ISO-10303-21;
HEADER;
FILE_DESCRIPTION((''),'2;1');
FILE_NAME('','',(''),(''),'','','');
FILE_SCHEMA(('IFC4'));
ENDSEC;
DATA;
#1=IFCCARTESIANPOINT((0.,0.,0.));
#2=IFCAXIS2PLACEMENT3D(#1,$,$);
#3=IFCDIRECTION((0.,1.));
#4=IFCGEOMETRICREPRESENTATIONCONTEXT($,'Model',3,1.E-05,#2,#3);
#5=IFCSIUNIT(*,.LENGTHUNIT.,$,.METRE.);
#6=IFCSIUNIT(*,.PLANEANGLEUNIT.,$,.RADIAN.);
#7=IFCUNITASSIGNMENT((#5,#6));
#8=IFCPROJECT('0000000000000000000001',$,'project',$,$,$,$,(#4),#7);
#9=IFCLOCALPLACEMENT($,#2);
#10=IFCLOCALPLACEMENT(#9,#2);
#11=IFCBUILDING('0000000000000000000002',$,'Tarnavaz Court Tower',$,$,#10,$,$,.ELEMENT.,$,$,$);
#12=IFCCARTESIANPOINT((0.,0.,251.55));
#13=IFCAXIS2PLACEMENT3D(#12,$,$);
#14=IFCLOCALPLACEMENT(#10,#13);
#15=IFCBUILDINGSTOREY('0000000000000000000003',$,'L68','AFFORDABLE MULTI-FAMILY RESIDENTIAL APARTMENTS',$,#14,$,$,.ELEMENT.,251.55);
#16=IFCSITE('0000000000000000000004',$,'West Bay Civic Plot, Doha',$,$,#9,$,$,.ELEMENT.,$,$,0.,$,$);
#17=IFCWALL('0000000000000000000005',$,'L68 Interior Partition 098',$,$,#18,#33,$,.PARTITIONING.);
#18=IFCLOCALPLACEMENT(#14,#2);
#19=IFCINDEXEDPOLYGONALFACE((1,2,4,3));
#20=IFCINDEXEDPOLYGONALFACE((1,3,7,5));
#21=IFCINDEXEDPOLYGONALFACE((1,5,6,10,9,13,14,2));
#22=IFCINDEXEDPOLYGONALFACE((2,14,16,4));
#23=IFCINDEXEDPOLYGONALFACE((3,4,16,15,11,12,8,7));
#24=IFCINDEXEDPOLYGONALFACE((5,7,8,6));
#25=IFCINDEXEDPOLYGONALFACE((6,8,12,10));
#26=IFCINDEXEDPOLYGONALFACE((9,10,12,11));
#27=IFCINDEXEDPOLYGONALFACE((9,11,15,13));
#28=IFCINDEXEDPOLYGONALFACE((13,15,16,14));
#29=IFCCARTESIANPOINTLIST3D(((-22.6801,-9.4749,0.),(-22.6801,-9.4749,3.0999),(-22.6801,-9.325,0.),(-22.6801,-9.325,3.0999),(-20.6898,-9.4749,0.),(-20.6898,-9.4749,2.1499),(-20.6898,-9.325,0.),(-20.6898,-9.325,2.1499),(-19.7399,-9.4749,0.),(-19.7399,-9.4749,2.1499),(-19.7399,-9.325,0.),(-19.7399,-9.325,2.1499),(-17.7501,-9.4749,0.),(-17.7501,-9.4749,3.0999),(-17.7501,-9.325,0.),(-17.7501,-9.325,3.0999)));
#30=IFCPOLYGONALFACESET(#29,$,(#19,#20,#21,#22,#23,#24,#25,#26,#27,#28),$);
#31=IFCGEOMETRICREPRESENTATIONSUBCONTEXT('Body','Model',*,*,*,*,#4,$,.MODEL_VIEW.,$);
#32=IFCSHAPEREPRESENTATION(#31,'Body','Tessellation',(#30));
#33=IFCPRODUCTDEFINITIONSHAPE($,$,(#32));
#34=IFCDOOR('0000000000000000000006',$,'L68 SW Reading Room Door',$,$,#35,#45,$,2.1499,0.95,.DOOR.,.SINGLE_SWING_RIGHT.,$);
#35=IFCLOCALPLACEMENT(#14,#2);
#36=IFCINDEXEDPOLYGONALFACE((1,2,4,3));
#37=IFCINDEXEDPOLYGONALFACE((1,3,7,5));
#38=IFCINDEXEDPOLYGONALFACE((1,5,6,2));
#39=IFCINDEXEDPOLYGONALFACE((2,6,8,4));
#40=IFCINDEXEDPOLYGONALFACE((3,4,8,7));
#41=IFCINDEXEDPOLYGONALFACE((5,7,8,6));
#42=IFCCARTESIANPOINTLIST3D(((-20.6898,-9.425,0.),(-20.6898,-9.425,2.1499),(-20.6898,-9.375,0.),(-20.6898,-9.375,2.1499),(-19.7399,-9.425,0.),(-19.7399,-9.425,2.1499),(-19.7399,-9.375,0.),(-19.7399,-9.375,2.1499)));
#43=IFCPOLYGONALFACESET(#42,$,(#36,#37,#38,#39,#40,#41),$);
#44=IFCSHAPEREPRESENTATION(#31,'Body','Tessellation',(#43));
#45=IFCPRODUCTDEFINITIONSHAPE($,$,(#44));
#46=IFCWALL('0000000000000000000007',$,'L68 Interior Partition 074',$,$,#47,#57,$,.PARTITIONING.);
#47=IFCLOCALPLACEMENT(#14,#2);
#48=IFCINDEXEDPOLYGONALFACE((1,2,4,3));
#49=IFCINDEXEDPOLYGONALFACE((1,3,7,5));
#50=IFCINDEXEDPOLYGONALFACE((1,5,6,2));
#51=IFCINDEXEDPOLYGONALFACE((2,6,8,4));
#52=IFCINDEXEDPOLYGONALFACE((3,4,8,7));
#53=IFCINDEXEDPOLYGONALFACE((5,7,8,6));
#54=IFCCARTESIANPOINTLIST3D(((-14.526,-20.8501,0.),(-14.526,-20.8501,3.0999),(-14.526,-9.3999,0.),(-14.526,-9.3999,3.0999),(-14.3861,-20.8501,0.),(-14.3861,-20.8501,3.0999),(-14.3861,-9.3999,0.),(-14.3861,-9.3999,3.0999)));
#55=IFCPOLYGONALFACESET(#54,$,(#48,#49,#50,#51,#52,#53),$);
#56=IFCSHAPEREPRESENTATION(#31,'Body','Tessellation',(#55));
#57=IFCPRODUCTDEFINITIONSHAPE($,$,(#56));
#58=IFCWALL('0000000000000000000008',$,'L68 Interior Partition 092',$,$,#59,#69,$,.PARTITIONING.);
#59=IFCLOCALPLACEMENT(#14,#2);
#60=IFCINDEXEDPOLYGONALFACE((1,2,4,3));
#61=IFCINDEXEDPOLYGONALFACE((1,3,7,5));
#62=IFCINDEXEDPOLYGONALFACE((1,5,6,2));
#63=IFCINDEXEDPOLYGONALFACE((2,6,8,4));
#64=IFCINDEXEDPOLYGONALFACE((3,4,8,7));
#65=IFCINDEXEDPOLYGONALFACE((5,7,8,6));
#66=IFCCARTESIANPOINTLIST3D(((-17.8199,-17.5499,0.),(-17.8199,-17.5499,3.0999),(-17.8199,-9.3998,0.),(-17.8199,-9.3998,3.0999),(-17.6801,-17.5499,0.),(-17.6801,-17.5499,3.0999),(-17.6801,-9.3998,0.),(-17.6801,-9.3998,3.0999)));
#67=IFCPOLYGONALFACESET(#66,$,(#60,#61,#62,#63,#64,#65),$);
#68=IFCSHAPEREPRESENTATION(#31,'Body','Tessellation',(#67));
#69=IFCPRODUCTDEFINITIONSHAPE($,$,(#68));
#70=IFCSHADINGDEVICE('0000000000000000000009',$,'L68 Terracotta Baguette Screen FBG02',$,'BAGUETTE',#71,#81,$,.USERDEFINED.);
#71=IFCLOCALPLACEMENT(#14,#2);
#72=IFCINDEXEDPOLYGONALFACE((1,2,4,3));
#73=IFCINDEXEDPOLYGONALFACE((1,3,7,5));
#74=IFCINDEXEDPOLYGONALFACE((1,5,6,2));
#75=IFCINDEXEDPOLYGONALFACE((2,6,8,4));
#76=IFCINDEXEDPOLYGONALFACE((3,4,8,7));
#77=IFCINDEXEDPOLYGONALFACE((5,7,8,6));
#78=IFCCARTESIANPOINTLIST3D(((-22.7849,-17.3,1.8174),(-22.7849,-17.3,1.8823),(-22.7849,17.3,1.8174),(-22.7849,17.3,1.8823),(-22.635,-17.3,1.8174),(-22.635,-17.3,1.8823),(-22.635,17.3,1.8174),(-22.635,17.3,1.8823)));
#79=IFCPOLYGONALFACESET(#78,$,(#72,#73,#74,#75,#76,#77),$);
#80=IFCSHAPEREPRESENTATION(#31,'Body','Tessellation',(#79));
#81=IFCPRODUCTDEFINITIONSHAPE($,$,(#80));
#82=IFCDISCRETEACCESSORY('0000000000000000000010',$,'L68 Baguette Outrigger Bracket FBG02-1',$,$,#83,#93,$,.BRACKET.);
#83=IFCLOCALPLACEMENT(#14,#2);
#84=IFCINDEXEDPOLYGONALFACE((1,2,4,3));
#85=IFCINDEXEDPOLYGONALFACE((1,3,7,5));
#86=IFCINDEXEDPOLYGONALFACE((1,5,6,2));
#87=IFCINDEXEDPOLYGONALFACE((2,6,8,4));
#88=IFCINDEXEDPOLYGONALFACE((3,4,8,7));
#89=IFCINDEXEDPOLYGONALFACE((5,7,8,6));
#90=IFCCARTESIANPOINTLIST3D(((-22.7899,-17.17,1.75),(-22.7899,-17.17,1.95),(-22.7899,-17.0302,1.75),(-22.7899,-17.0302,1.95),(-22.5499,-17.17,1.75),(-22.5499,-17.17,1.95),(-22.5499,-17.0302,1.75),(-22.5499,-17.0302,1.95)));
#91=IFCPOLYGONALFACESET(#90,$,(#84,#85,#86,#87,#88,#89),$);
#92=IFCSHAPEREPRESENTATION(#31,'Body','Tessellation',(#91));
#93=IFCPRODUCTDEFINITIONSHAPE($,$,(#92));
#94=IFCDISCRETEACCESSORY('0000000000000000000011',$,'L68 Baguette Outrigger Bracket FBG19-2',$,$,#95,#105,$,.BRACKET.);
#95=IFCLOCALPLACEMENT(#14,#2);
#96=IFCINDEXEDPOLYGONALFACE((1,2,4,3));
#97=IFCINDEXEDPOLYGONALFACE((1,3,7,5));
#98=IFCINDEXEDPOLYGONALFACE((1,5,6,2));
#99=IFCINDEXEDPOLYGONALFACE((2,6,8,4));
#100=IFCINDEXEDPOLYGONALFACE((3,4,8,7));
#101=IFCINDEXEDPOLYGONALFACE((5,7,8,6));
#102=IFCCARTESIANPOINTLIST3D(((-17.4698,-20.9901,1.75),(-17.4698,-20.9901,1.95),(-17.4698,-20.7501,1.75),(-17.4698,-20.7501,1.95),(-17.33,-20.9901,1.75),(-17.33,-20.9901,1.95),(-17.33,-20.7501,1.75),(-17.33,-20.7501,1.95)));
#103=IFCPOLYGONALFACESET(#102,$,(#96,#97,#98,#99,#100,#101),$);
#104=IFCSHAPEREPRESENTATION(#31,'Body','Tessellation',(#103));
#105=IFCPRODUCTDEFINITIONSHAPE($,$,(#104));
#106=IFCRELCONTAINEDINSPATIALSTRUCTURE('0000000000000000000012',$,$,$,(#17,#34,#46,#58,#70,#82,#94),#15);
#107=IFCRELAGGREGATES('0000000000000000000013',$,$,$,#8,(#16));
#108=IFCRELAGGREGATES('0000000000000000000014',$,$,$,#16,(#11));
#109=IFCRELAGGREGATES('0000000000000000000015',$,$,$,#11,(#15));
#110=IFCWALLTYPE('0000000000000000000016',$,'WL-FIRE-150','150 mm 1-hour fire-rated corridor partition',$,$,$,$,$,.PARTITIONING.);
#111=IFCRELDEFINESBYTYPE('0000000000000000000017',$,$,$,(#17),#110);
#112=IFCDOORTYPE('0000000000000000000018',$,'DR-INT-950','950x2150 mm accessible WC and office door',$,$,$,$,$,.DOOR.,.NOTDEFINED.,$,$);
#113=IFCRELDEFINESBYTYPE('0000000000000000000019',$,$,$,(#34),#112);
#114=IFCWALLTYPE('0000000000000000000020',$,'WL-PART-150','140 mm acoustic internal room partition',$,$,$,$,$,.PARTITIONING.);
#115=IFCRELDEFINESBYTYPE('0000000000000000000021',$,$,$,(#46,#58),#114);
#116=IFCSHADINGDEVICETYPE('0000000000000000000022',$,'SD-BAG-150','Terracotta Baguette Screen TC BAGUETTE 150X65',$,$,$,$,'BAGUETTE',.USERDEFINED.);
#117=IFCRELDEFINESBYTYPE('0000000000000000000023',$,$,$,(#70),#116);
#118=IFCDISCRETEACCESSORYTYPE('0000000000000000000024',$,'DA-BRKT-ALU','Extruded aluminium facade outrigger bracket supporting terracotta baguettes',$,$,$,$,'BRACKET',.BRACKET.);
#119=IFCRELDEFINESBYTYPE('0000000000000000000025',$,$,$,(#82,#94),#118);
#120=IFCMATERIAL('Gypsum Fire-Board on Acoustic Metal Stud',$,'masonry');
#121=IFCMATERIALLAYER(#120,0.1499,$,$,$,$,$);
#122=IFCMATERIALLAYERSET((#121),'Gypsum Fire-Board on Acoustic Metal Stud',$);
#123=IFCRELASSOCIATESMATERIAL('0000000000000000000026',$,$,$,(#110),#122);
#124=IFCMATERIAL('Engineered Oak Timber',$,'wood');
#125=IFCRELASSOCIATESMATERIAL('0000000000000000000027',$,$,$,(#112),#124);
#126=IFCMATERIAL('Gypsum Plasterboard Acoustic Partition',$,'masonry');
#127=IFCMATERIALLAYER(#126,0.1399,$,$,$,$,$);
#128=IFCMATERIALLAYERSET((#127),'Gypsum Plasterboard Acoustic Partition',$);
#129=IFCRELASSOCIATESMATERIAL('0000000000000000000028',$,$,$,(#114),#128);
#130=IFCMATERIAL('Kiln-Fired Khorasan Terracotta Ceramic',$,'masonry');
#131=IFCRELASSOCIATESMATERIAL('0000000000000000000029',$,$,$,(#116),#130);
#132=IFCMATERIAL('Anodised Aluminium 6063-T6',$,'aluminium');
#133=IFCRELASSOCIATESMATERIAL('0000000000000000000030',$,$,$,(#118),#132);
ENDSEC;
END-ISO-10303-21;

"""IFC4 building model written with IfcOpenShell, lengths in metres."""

from ifc_helpers import new_model, si_unit, direction, frame, frame_2d, origin, origin_2d, place, context, subcontext, project, spatial, rectangle, extrude, material, layer, layer_set, material_profile, profile_set, type_object, element, fill, save


model = new_model("IFC4")

# Units and contexts
model_context = context("Model", 3, precision=1e-05, world=origin(), true_north=direction((0.0, 1.0)))
body_context = subcontext(model_context, "Body", "Model", "MODEL_VIEW")
ifc_project = project(units=[si_unit("LENGTHUNIT", "METRE"), si_unit("PLANEANGLEUNIT", "RADIAN")], contexts=[model_context])

# Site, building, storey
site_placement = place(None, origin())
site = spatial("IfcSite", under=ifc_project, at=site_placement, Name="West Bay Civic Plot, Doha", CompositionType="ELEMENT", RefElevation=0.0)
building_placement = place(site_placement, origin())
building = spatial("IfcBuilding", under=site, at=building_placement, Name="Tarnavaz Court Tower", CompositionType="ELEMENT")
storey_placement = place(building_placement, frame((0.0, 0.0, 251.55)))
storey = spatial("IfcBuildingStorey", under=building, at=storey_placement, Name="L68", Description="AFFORDABLE MULTI-FAMILY RESIDENTIAL APARTMENTS", CompositionType="ELEMENT", Elevation=251.55)

# Wall, opening, door
ifc_material_1 = material(Name="Gypsum Fire-Board on Acoustic Metal Stud", Category="masonry")
ifc_layer_1 = layer(ifc_material_1, 0.1499)
ifc_layer_set_1 = layer_set([ifc_layer_1], Name="Gypsum Fire-Board on Acoustic Metal Stud")
wall_type_1 = type_object("IfcWallType", Name="WL-FIRE-150", Description="150 mm 1-hour fire-rated corridor partition", PredefinedType="PARTITIONING", material=ifc_layer_set_1)
wall_1_placement = place(storey_placement, frame((-22.6799, -9.3999, 0.0), z_axis=(0.0, 0.0, 1.0), x_axis=(1.0, 0.0, 0.0)))
wall_1 = element("IfcWall", 1, at=wall_1_placement, inside=storey, type_object=wall_type_1, Name="L68 Interior Partition 098", PredefinedType="PARTITIONING", context=body_context, shape_type="SweptSolid", body=[
    extrude(rectangle(XDim=4.9299, YDim=0.1499, at=frame_2d((2.4648, 0.0))), origin(), (0.0, 0.0, 1.0), 3.0999),
])
opening_1_placement = place(wall_1_placement, frame((1.99, 0.0, 0.0)))
opening_1 = element("IfcOpeningElement", 2, at=opening_1_placement, cuts=wall_1, PredefinedType="OPENING", context=body_context, shape_type="SweptSolid", body=[
    extrude(rectangle(XDim=0.95, YDim=2.1499, at=frame_2d((0.4751, 1.075))), frame((0.0, 0.085, 0.0), z_axis=(0.0, -1.0, 0.0), x_axis=(1.0, 0.0, 0.0)), (0.0, 0.0, 1.0), 0.1699),
])
ifc_material_2 = material(Name="Engineered Oak Timber", Category="wood")
door_type = type_object("IfcDoorType", Name="DR-INT-950", Description="950x2150 mm accessible WC and office door", OperationType="NOTDEFINED", PredefinedType="DOOR", material=ifc_material_2)
door_placement = place(opening_1_placement, origin())
door = element("IfcDoor", 3, at=door_placement, inside=storey, type_object=door_type, Name="L68 SW Reading Room Door", OperationType="SINGLE_SWING_RIGHT", OverallHeight=2.1499, OverallWidth=0.95, PredefinedType="DOOR", context=body_context, shape_type="SweptSolid", body=[
    extrude(rectangle(XDim=0.95, YDim=2.1499, at=frame_2d((0.4751, 1.075))), frame((0.0, 0.0249, 0.0), z_axis=(0.0, -1.0, 0.0), x_axis=(1.0, 0.0, 0.0)), (0.0, 0.0, 1.0), 0.05),
])
fill(opening_1, door)

# Walls
ifc_material_3 = material(Name="Gypsum Plasterboard Acoustic Partition", Category="masonry")
ifc_layer_2 = layer(ifc_material_3, 0.1399)
ifc_layer_set_2 = layer_set([ifc_layer_2], Name="Gypsum Plasterboard Acoustic Partition")
wall_type_2 = type_object("IfcWallType", Name="WL-PART-150", Description="140 mm acoustic internal room partition", PredefinedType="PARTITIONING", material=ifc_layer_set_2)
wall_2_placement = place(storey_placement, frame((-14.4561, -20.8501, 0.0), z_axis=(0.0, 0.0, 1.0), x_axis=(0.0, 1.0, 0.0)))
element("IfcWall", 4, at=wall_2_placement, inside=storey, type_object=wall_type_2, Name="L68 Interior Partition 074", PredefinedType="PARTITIONING", context=body_context, shape_type="SweptSolid", body=[
    extrude(rectangle(XDim=11.4502, YDim=0.1399, at=frame_2d((5.7251, 0.0))), origin(), (0.0, 0.0, 1.0), 3.0999),
])
wall_3_placement = place(storey_placement, frame((-17.75, -17.55, 0.0), z_axis=(0.0, 0.0, 1.0), x_axis=(0.0, 1.0, 0.0)))
element("IfcWall", 5, at=wall_3_placement, inside=storey, type_object=wall_type_2, Name="L68 Interior Partition 092", PredefinedType="PARTITIONING", context=body_context, shape_type="SweptSolid", body=[
    extrude(rectangle(XDim=8.1501, YDim=0.1399, at=frame_2d((4.0752, 0.0))), origin(), (0.0, 0.0, 1.0), 3.0999),
])

# Shading device
ifc_material_4 = material(Name="Kiln-Fired Khorasan Terracotta Ceramic", Category="masonry")
ifc_material_profile_1 = material_profile(ifc_material_4, rectangle(XDim=0.1499, YDim=0.0649, at=origin_2d()), Name="TC BAGUETTE 150X65")
ifc_profile_set_1 = profile_set([ifc_material_profile_1], Name="Kiln-Fired Khorasan Terracotta Ceramic")
shading_device_type = type_object("IfcShadingDeviceType", Name="SD-BAG-150", Description="Terracotta Baguette Screen TC BAGUETTE 150X65", ElementType="BAGUETTE", PredefinedType="USERDEFINED", material=ifc_profile_set_1)
shading_device_placement = place(storey_placement, frame((-22.71, -17.3, 1.8499), z_axis=(0.0, 1.0, 0.0), x_axis=(-1.0, 0.0, 0.0)))
element("IfcShadingDevice", 6, at=shading_device_placement, inside=storey, type_object=shading_device_type, Name="L68 Terracotta Baguette Screen FBG02", ObjectType="BAGUETTE", PredefinedType="USERDEFINED", context=body_context, shape_type="SweptSolid", body=[
    extrude(rectangle(XDim=0.1499, YDim=0.0649, at=origin_2d()), origin(), (0.0, 0.0, 1.0), 34.6001),
])

# Discrete accessories
ifc_material_5 = material(Name="Anodised Aluminium 6063-T6", Category="aluminium")
discrete_accessory_type = type_object("IfcDiscreteAccessoryType", Name="DA-BRKT-ALU", Description="Extruded aluminium facade outrigger bracket supporting terracotta baguettes", ElementType="BRACKET", PredefinedType="BRACKET", material=ifc_material_5)
for number, where, z_axis, x_axis, name in (
    (7, (-22.6699, -17.1001, 1.75), (0.0, 0.0, 1.0), (0.0, 1.0, 0.0), "L68 Baguette Outrigger Bracket FBG02-1"),
    (8, (-17.3999, -20.8701, 1.75), (0.0, 0.0, 1.0), (-1.0, 0.0, 0.0), "L68 Baguette Outrigger Bracket FBG19-2"),
):
    element("IfcDiscreteAccessory", number, at=place(storey_placement, frame(where, z_axis=z_axis, x_axis=x_axis)), inside=storey, type_object=discrete_accessory_type, Name=name, PredefinedType="BRACKET", context=body_context, shape_type="SweptSolid", body=[
        extrude(rectangle(XDim=0.1399, YDim=0.24, at=origin_2d()), origin(), (0.0, 0.0, 1.0), 0.2),
    ])

save(model, "model.ifc")
